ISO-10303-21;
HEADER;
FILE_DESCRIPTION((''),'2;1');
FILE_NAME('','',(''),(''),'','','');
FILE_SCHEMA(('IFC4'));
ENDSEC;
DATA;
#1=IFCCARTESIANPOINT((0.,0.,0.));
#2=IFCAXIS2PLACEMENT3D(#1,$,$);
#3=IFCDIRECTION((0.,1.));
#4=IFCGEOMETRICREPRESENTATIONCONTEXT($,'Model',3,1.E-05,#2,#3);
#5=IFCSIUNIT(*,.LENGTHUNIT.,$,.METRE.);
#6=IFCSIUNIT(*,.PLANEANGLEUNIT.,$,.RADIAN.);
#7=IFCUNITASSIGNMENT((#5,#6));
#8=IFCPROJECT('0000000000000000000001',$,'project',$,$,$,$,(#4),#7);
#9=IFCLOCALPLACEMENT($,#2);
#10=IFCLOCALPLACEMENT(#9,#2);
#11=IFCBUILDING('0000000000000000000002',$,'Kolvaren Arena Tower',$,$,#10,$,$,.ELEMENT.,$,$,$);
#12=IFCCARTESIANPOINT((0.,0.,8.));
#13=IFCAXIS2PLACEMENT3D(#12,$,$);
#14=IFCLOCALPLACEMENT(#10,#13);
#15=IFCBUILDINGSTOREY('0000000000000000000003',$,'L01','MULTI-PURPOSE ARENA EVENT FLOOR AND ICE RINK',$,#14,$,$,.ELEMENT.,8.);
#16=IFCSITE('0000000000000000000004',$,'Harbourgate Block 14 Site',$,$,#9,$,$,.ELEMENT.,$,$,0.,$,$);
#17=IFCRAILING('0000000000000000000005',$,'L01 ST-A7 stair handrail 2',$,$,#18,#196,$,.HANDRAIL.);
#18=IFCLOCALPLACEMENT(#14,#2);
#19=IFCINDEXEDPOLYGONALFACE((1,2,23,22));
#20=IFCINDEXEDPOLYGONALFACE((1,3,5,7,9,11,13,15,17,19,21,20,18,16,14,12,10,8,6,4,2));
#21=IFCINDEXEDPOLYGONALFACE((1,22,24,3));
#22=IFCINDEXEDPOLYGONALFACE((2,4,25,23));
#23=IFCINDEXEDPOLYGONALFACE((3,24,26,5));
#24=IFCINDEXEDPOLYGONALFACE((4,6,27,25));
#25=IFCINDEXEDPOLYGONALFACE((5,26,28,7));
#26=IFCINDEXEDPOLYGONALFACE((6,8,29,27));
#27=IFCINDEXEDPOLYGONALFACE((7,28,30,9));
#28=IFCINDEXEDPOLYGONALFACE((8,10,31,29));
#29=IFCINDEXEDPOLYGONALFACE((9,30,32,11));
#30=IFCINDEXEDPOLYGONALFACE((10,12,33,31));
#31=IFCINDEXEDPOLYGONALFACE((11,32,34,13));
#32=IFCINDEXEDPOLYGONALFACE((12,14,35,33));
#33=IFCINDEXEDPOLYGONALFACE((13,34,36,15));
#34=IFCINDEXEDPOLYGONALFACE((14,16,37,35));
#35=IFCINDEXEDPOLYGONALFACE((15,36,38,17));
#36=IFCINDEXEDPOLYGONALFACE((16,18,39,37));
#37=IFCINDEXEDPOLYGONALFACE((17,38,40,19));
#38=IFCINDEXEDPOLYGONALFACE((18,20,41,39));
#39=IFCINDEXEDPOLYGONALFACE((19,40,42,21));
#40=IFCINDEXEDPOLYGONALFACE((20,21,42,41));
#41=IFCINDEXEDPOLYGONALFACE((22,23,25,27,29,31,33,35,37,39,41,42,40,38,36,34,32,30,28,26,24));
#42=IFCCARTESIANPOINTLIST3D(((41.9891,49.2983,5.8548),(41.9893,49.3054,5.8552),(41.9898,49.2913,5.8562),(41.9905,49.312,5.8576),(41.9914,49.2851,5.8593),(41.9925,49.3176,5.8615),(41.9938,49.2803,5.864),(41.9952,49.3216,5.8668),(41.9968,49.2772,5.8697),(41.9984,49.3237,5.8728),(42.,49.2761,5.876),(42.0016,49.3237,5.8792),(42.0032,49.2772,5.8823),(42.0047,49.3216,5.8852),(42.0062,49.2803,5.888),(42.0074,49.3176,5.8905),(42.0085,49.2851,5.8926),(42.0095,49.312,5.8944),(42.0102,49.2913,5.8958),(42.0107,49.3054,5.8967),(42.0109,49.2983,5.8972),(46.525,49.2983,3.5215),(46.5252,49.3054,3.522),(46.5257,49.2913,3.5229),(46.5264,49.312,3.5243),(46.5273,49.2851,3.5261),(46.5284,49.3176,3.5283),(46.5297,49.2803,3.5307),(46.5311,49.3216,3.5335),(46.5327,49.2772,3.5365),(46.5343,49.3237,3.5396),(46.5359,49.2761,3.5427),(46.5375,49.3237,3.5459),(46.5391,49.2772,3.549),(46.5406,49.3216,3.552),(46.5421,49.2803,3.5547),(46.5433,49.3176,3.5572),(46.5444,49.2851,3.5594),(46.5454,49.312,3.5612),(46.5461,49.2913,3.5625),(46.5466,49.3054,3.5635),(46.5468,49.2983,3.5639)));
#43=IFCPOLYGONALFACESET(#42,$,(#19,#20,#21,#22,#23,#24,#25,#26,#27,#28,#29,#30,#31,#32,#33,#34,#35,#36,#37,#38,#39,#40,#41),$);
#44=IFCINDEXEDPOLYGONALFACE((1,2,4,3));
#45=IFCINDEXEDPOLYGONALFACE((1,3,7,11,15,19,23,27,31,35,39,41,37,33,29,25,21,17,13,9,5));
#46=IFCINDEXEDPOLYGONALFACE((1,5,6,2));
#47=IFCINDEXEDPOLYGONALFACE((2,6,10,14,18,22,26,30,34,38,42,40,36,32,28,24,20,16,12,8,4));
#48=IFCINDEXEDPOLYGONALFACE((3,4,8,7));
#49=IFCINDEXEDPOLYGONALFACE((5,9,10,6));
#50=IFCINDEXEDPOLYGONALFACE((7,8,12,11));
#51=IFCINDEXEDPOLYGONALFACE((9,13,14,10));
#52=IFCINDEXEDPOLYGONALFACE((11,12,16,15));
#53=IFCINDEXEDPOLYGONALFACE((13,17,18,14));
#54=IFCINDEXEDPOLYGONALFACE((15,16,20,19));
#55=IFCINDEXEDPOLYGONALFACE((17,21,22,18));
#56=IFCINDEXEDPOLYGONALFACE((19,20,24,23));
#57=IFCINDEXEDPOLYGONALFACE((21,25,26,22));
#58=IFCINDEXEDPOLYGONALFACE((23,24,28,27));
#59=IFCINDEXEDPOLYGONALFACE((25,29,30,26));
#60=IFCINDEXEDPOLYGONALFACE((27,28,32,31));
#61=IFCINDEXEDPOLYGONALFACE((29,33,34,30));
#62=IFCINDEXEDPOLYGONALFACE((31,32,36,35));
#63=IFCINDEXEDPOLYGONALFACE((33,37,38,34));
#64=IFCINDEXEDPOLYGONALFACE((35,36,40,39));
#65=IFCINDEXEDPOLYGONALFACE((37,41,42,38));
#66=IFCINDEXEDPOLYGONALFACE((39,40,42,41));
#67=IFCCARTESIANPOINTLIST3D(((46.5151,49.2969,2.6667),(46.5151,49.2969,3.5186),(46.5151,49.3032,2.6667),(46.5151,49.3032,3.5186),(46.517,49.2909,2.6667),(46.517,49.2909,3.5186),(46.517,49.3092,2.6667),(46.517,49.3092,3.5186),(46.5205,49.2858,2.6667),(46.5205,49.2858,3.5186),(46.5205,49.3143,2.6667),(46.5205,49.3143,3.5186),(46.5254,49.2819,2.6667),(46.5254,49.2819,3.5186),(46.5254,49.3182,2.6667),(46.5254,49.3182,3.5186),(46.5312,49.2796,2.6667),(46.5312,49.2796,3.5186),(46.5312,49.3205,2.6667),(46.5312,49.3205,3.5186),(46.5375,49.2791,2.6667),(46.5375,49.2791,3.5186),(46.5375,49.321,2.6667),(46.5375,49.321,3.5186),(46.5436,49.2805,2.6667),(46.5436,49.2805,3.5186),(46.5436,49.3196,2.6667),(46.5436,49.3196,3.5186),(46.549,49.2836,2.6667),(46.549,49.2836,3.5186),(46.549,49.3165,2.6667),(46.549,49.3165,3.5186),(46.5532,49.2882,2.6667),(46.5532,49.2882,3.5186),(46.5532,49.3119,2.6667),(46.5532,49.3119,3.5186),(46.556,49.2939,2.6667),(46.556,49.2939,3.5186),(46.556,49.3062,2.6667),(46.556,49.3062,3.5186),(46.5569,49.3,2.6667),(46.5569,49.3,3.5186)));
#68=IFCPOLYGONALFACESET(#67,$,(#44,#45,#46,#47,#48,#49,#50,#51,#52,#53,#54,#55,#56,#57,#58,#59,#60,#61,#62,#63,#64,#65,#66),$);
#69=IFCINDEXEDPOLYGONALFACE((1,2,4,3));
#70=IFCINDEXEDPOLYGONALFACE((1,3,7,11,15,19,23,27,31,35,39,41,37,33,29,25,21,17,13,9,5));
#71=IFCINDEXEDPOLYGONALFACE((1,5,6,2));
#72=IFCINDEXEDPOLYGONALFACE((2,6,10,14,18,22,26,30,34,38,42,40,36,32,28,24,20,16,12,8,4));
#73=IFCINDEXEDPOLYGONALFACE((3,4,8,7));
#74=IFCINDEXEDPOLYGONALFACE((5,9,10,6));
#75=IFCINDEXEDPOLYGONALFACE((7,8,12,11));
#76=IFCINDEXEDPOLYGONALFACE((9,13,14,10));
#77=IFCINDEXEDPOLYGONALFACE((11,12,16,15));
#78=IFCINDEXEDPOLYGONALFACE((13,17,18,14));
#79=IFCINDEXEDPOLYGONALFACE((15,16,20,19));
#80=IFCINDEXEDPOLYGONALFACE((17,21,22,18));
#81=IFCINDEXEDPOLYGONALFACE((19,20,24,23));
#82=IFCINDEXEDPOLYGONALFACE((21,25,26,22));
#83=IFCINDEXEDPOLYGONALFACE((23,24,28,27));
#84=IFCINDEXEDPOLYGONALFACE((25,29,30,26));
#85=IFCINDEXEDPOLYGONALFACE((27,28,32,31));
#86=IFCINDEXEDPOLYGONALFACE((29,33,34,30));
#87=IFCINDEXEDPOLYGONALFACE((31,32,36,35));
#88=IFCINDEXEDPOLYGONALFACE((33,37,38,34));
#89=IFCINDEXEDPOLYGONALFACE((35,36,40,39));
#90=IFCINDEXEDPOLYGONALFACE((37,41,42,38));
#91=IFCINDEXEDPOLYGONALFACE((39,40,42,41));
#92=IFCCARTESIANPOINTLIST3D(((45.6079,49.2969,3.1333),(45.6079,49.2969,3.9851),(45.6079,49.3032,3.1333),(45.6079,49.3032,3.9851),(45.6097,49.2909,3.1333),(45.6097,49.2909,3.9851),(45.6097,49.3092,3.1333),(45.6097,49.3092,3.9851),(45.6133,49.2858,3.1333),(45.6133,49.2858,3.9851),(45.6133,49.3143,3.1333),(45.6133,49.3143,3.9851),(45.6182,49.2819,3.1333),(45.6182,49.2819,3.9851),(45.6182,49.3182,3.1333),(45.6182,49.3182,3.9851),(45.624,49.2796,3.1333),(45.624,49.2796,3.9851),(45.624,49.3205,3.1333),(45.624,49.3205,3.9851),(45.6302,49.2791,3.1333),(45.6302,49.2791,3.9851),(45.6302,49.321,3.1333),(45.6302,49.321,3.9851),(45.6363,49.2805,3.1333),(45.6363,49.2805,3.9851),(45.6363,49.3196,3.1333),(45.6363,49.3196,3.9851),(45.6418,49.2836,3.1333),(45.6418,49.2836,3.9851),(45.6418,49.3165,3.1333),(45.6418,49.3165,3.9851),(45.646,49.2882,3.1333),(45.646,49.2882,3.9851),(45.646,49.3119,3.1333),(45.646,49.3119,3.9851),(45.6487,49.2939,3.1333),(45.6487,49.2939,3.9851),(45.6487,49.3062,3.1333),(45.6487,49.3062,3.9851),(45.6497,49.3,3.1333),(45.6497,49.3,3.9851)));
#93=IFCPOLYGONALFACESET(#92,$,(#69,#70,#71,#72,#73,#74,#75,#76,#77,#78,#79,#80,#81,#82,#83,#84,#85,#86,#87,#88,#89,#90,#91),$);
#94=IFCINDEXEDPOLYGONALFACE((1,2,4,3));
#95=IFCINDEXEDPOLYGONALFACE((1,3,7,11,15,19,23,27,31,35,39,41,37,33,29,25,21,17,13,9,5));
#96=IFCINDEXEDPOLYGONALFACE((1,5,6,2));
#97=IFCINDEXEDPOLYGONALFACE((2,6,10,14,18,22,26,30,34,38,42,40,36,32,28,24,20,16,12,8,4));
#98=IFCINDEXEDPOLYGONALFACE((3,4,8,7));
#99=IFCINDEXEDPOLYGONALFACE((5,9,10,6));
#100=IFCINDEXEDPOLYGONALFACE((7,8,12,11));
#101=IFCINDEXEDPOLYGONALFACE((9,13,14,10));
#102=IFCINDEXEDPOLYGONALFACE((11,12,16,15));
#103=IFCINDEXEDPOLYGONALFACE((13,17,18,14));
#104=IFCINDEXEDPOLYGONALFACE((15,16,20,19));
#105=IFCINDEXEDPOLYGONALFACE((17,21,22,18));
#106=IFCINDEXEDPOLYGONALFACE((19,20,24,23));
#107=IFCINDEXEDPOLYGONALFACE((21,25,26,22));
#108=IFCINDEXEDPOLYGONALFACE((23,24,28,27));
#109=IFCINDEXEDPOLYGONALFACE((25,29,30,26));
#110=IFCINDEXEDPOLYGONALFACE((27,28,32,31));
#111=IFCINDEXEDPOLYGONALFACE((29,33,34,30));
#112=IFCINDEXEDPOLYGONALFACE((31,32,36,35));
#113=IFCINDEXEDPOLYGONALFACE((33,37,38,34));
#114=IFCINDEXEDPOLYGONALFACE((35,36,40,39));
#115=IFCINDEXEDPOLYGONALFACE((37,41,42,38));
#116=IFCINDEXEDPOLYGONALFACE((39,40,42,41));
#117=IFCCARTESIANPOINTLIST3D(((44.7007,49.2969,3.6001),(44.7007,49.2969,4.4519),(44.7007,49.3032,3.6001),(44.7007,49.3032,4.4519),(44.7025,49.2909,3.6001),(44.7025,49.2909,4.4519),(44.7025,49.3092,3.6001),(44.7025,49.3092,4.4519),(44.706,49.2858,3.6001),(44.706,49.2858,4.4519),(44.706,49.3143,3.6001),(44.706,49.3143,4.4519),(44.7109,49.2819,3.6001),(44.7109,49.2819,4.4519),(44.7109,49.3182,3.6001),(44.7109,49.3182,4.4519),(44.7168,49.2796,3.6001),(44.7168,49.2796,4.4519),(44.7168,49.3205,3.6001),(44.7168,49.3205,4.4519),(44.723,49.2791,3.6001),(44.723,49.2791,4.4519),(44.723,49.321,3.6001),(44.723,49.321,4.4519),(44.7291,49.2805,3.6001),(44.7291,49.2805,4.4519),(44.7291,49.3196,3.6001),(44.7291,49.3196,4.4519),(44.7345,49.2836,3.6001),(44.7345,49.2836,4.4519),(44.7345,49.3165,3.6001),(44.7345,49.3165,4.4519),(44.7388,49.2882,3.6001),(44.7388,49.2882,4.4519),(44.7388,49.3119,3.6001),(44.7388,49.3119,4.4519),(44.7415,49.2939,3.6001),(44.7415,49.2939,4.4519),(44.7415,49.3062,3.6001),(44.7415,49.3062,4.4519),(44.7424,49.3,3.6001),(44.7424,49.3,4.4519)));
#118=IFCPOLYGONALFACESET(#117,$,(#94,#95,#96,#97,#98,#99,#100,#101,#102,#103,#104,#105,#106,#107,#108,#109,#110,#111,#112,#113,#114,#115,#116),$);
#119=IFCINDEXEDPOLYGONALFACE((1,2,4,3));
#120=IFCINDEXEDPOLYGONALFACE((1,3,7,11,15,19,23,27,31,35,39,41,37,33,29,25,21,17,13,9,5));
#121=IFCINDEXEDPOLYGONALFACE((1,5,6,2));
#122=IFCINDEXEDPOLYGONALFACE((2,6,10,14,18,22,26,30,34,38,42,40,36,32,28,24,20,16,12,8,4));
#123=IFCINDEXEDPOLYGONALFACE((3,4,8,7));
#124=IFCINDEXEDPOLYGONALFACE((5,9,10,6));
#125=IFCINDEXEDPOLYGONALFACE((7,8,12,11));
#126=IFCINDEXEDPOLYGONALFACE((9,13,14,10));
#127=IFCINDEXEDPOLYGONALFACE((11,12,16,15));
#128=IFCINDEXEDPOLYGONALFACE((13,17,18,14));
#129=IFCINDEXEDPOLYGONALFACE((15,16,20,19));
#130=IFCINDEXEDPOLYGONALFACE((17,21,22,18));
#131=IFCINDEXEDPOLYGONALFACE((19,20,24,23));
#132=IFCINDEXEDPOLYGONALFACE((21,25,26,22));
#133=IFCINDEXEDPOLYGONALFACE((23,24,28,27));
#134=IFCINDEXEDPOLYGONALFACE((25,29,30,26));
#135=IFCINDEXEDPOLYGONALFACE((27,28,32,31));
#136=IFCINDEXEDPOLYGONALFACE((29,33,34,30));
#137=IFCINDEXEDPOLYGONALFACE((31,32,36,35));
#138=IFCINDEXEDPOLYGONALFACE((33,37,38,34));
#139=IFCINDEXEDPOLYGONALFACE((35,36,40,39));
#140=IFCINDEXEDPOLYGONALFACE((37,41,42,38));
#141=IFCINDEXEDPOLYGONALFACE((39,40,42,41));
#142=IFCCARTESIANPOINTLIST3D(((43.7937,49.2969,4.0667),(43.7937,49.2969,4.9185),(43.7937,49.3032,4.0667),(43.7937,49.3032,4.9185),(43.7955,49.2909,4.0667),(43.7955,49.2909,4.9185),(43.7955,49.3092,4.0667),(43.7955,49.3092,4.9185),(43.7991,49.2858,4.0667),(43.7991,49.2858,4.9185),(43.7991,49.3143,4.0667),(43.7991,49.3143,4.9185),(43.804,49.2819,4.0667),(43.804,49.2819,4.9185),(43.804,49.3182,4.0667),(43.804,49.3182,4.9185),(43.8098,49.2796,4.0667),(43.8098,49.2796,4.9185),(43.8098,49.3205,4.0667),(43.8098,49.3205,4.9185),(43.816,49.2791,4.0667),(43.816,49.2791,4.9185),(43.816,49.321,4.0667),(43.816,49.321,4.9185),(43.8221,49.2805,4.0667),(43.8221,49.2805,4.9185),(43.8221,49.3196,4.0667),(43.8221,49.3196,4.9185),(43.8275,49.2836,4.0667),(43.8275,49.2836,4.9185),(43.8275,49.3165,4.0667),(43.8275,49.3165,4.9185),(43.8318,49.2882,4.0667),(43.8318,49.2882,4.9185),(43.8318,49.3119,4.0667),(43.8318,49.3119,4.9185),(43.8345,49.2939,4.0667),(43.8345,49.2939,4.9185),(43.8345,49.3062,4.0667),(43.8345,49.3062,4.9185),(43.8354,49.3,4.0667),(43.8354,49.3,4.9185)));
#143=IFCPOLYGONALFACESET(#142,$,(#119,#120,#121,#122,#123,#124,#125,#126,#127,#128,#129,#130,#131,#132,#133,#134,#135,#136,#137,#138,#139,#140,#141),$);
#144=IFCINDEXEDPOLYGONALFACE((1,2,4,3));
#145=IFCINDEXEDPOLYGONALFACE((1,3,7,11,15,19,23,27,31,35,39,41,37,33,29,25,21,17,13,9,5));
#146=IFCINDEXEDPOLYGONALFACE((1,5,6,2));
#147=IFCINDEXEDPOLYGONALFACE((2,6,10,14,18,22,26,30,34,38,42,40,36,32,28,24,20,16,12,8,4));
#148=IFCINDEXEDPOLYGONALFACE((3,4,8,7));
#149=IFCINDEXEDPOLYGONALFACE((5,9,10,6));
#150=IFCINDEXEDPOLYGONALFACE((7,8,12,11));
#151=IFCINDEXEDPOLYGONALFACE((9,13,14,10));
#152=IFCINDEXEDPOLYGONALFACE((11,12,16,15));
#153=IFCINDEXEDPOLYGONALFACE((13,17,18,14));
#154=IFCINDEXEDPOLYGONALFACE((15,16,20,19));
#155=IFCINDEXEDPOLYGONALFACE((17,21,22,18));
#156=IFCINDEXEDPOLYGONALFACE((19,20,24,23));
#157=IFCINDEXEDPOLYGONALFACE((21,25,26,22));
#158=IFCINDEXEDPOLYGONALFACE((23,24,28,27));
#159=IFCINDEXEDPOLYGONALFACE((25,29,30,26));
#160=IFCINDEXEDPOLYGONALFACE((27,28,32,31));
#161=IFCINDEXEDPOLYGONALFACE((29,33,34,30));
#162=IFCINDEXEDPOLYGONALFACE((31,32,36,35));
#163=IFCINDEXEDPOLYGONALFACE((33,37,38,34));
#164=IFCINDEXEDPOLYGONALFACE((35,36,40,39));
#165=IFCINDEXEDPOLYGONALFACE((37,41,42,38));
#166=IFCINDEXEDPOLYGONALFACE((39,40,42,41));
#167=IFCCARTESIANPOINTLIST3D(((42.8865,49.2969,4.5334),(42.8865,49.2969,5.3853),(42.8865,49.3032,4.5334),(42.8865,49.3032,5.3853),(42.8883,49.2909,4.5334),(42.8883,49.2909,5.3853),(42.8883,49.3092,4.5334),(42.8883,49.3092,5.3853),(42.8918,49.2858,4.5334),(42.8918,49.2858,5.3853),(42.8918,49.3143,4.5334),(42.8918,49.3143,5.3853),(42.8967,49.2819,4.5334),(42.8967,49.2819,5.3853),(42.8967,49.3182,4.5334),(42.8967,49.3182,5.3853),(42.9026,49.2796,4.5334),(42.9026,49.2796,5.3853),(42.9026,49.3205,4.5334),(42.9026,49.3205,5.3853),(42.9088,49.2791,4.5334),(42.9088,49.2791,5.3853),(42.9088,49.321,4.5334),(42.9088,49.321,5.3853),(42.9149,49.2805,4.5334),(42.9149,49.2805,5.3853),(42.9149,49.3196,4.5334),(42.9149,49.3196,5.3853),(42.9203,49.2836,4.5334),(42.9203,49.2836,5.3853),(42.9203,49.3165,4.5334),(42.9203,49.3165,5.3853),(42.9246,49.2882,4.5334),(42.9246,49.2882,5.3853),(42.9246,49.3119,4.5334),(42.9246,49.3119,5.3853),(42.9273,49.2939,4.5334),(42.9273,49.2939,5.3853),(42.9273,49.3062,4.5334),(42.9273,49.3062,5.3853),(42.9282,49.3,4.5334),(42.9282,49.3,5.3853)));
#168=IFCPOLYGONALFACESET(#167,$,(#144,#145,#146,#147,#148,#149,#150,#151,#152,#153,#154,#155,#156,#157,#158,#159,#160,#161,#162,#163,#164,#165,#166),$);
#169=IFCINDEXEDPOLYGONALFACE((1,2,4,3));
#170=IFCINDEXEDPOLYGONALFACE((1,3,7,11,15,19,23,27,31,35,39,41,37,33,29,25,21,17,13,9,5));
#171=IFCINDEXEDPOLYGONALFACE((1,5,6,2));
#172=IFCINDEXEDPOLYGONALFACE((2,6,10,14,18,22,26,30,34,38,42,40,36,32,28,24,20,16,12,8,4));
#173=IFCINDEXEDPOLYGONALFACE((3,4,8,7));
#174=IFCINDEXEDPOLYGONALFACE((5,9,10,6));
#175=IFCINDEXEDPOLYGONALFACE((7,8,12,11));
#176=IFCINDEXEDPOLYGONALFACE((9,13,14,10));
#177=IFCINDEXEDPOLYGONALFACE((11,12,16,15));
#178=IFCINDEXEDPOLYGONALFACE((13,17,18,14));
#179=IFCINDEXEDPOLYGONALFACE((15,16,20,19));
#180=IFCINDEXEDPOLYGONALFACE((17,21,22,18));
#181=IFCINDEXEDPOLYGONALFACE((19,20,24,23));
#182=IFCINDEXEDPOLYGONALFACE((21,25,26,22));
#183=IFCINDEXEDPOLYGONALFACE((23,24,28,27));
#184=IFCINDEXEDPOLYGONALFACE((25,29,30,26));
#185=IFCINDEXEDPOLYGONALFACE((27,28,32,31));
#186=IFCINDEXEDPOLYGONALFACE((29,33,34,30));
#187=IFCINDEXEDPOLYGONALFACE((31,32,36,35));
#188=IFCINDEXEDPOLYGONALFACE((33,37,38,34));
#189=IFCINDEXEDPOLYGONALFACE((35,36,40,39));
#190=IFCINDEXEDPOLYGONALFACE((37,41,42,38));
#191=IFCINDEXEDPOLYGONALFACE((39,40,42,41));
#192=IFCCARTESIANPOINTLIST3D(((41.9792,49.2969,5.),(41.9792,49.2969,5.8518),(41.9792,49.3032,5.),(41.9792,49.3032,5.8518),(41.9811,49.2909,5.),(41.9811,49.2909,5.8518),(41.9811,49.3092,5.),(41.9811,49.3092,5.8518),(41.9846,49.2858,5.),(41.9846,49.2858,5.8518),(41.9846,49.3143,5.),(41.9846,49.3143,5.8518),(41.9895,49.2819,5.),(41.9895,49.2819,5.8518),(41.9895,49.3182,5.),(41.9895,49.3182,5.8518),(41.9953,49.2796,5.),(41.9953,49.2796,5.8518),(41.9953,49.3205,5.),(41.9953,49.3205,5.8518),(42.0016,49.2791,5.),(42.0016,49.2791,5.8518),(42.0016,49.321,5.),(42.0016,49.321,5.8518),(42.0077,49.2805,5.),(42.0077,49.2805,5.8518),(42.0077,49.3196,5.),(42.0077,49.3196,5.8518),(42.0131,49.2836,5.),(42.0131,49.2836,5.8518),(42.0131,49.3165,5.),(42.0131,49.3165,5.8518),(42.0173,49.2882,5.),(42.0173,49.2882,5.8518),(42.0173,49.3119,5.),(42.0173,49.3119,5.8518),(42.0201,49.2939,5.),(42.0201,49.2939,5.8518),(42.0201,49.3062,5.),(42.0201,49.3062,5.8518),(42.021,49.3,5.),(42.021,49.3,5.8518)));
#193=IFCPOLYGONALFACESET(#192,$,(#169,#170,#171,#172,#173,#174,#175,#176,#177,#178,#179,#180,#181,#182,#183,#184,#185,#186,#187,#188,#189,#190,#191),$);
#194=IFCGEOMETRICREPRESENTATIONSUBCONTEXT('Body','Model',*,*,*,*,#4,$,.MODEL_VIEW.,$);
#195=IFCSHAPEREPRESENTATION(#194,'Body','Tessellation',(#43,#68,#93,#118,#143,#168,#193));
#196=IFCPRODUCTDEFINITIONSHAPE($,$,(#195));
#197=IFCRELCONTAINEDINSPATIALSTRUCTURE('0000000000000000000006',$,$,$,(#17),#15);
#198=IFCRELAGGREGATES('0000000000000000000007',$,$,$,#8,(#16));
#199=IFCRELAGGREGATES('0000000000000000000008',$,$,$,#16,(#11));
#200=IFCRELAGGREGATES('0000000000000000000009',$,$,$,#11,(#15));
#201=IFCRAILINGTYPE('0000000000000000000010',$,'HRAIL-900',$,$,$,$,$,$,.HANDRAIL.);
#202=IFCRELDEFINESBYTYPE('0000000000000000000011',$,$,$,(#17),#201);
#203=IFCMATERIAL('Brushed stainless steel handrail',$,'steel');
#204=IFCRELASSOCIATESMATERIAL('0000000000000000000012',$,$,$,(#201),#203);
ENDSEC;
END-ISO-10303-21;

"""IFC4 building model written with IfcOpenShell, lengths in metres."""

from ifc_helpers import new_model, si_unit, direction, frame, origin, origin_2d, place, context, subcontext, project, spatial, circle, extrude, material, type_object, element, save


model = new_model("IFC4")

# Units and contexts
model_context = context("Model", 3, precision=1e-05, world=origin(), true_north=direction((0.0, 1.0)))
body_context = subcontext(model_context, "Body", "Model", "MODEL_VIEW")
ifc_project = project(units=[si_unit("LENGTHUNIT", "METRE"), si_unit("PLANEANGLEUNIT", "RADIAN")], contexts=[model_context])

# Site, building, storey
site_placement = place(None, origin())
site = spatial("IfcSite", under=ifc_project, at=site_placement, Name="Harbourgate Block 14 Site", CompositionType="ELEMENT", RefElevation=0.0)
building_placement = place(site_placement, origin())
building = spatial("IfcBuilding", under=site, at=building_placement, Name="Kolvaren Arena Tower", CompositionType="ELEMENT")
storey_placement = place(building_placement, frame((0.0, 0.0, 8.0)))
storey = spatial("IfcBuildingStorey", under=building, at=storey_placement, Name="L01", Description="MULTI-PURPOSE ARENA EVENT FLOOR AND ICE RINK", CompositionType="ELEMENT", Elevation=8.0)

# Railing
ifc_material_1 = material(Name="Brushed stainless steel handrail", Category="steel")
railing_type_1 = type_object("IfcRailingType", Name="HRAIL-900", PredefinedType="HANDRAIL", material=ifc_material_1)
railing_1_placement = place(storey_placement, frame((46.5359, 49.3, 2.6667)))
element("IfcRailing", 1, at=railing_1_placement, inside=storey, type_object=railing_type_1, Name="L01 ST-A7 stair handrail 2", PredefinedType="HANDRAIL", context=body_context, shape_type="SweptSolid", body=[
    extrude(circle(Radius=0.0239, at=origin_2d()), frame((0.0, 0.0, 0.876), z_axis=(-0.889247, 0.0, 0.457427), x_axis=(0.0, -1.0, 0.0)), (0.0, 0.0, 1.0), 5.1008),
    extrude(circle(Radius=0.021, at=origin_2d()), origin(), (0.0, 0.0, 1.0), 0.8518),
    extrude(circle(Radius=0.021, at=origin_2d()), frame((-0.9072, 0.0, 0.4666)), (0.0, 0.0, 1.0), 0.8518),
    extrude(circle(Radius=0.021, at=origin_2d()), frame((-1.8145, 0.0, 0.9333)), (0.0, 0.0, 1.0), 0.8518),
    extrude(circle(Radius=0.021, at=origin_2d()), frame((-2.7214, 0.0, 1.3999)), (0.0, 0.0, 1.0), 0.8518),
    extrude(circle(Radius=0.021, at=origin_2d()), frame((-3.6287, 0.0, 1.8667)), (0.0, 0.0, 1.0), 0.8518),
    extrude(circle(Radius=0.021, at=origin_2d()), frame((-4.5359, 0.0, 2.3333)), (0.0, 0.0, 1.0), 0.8518),
])

save(model, "model.ifc")
